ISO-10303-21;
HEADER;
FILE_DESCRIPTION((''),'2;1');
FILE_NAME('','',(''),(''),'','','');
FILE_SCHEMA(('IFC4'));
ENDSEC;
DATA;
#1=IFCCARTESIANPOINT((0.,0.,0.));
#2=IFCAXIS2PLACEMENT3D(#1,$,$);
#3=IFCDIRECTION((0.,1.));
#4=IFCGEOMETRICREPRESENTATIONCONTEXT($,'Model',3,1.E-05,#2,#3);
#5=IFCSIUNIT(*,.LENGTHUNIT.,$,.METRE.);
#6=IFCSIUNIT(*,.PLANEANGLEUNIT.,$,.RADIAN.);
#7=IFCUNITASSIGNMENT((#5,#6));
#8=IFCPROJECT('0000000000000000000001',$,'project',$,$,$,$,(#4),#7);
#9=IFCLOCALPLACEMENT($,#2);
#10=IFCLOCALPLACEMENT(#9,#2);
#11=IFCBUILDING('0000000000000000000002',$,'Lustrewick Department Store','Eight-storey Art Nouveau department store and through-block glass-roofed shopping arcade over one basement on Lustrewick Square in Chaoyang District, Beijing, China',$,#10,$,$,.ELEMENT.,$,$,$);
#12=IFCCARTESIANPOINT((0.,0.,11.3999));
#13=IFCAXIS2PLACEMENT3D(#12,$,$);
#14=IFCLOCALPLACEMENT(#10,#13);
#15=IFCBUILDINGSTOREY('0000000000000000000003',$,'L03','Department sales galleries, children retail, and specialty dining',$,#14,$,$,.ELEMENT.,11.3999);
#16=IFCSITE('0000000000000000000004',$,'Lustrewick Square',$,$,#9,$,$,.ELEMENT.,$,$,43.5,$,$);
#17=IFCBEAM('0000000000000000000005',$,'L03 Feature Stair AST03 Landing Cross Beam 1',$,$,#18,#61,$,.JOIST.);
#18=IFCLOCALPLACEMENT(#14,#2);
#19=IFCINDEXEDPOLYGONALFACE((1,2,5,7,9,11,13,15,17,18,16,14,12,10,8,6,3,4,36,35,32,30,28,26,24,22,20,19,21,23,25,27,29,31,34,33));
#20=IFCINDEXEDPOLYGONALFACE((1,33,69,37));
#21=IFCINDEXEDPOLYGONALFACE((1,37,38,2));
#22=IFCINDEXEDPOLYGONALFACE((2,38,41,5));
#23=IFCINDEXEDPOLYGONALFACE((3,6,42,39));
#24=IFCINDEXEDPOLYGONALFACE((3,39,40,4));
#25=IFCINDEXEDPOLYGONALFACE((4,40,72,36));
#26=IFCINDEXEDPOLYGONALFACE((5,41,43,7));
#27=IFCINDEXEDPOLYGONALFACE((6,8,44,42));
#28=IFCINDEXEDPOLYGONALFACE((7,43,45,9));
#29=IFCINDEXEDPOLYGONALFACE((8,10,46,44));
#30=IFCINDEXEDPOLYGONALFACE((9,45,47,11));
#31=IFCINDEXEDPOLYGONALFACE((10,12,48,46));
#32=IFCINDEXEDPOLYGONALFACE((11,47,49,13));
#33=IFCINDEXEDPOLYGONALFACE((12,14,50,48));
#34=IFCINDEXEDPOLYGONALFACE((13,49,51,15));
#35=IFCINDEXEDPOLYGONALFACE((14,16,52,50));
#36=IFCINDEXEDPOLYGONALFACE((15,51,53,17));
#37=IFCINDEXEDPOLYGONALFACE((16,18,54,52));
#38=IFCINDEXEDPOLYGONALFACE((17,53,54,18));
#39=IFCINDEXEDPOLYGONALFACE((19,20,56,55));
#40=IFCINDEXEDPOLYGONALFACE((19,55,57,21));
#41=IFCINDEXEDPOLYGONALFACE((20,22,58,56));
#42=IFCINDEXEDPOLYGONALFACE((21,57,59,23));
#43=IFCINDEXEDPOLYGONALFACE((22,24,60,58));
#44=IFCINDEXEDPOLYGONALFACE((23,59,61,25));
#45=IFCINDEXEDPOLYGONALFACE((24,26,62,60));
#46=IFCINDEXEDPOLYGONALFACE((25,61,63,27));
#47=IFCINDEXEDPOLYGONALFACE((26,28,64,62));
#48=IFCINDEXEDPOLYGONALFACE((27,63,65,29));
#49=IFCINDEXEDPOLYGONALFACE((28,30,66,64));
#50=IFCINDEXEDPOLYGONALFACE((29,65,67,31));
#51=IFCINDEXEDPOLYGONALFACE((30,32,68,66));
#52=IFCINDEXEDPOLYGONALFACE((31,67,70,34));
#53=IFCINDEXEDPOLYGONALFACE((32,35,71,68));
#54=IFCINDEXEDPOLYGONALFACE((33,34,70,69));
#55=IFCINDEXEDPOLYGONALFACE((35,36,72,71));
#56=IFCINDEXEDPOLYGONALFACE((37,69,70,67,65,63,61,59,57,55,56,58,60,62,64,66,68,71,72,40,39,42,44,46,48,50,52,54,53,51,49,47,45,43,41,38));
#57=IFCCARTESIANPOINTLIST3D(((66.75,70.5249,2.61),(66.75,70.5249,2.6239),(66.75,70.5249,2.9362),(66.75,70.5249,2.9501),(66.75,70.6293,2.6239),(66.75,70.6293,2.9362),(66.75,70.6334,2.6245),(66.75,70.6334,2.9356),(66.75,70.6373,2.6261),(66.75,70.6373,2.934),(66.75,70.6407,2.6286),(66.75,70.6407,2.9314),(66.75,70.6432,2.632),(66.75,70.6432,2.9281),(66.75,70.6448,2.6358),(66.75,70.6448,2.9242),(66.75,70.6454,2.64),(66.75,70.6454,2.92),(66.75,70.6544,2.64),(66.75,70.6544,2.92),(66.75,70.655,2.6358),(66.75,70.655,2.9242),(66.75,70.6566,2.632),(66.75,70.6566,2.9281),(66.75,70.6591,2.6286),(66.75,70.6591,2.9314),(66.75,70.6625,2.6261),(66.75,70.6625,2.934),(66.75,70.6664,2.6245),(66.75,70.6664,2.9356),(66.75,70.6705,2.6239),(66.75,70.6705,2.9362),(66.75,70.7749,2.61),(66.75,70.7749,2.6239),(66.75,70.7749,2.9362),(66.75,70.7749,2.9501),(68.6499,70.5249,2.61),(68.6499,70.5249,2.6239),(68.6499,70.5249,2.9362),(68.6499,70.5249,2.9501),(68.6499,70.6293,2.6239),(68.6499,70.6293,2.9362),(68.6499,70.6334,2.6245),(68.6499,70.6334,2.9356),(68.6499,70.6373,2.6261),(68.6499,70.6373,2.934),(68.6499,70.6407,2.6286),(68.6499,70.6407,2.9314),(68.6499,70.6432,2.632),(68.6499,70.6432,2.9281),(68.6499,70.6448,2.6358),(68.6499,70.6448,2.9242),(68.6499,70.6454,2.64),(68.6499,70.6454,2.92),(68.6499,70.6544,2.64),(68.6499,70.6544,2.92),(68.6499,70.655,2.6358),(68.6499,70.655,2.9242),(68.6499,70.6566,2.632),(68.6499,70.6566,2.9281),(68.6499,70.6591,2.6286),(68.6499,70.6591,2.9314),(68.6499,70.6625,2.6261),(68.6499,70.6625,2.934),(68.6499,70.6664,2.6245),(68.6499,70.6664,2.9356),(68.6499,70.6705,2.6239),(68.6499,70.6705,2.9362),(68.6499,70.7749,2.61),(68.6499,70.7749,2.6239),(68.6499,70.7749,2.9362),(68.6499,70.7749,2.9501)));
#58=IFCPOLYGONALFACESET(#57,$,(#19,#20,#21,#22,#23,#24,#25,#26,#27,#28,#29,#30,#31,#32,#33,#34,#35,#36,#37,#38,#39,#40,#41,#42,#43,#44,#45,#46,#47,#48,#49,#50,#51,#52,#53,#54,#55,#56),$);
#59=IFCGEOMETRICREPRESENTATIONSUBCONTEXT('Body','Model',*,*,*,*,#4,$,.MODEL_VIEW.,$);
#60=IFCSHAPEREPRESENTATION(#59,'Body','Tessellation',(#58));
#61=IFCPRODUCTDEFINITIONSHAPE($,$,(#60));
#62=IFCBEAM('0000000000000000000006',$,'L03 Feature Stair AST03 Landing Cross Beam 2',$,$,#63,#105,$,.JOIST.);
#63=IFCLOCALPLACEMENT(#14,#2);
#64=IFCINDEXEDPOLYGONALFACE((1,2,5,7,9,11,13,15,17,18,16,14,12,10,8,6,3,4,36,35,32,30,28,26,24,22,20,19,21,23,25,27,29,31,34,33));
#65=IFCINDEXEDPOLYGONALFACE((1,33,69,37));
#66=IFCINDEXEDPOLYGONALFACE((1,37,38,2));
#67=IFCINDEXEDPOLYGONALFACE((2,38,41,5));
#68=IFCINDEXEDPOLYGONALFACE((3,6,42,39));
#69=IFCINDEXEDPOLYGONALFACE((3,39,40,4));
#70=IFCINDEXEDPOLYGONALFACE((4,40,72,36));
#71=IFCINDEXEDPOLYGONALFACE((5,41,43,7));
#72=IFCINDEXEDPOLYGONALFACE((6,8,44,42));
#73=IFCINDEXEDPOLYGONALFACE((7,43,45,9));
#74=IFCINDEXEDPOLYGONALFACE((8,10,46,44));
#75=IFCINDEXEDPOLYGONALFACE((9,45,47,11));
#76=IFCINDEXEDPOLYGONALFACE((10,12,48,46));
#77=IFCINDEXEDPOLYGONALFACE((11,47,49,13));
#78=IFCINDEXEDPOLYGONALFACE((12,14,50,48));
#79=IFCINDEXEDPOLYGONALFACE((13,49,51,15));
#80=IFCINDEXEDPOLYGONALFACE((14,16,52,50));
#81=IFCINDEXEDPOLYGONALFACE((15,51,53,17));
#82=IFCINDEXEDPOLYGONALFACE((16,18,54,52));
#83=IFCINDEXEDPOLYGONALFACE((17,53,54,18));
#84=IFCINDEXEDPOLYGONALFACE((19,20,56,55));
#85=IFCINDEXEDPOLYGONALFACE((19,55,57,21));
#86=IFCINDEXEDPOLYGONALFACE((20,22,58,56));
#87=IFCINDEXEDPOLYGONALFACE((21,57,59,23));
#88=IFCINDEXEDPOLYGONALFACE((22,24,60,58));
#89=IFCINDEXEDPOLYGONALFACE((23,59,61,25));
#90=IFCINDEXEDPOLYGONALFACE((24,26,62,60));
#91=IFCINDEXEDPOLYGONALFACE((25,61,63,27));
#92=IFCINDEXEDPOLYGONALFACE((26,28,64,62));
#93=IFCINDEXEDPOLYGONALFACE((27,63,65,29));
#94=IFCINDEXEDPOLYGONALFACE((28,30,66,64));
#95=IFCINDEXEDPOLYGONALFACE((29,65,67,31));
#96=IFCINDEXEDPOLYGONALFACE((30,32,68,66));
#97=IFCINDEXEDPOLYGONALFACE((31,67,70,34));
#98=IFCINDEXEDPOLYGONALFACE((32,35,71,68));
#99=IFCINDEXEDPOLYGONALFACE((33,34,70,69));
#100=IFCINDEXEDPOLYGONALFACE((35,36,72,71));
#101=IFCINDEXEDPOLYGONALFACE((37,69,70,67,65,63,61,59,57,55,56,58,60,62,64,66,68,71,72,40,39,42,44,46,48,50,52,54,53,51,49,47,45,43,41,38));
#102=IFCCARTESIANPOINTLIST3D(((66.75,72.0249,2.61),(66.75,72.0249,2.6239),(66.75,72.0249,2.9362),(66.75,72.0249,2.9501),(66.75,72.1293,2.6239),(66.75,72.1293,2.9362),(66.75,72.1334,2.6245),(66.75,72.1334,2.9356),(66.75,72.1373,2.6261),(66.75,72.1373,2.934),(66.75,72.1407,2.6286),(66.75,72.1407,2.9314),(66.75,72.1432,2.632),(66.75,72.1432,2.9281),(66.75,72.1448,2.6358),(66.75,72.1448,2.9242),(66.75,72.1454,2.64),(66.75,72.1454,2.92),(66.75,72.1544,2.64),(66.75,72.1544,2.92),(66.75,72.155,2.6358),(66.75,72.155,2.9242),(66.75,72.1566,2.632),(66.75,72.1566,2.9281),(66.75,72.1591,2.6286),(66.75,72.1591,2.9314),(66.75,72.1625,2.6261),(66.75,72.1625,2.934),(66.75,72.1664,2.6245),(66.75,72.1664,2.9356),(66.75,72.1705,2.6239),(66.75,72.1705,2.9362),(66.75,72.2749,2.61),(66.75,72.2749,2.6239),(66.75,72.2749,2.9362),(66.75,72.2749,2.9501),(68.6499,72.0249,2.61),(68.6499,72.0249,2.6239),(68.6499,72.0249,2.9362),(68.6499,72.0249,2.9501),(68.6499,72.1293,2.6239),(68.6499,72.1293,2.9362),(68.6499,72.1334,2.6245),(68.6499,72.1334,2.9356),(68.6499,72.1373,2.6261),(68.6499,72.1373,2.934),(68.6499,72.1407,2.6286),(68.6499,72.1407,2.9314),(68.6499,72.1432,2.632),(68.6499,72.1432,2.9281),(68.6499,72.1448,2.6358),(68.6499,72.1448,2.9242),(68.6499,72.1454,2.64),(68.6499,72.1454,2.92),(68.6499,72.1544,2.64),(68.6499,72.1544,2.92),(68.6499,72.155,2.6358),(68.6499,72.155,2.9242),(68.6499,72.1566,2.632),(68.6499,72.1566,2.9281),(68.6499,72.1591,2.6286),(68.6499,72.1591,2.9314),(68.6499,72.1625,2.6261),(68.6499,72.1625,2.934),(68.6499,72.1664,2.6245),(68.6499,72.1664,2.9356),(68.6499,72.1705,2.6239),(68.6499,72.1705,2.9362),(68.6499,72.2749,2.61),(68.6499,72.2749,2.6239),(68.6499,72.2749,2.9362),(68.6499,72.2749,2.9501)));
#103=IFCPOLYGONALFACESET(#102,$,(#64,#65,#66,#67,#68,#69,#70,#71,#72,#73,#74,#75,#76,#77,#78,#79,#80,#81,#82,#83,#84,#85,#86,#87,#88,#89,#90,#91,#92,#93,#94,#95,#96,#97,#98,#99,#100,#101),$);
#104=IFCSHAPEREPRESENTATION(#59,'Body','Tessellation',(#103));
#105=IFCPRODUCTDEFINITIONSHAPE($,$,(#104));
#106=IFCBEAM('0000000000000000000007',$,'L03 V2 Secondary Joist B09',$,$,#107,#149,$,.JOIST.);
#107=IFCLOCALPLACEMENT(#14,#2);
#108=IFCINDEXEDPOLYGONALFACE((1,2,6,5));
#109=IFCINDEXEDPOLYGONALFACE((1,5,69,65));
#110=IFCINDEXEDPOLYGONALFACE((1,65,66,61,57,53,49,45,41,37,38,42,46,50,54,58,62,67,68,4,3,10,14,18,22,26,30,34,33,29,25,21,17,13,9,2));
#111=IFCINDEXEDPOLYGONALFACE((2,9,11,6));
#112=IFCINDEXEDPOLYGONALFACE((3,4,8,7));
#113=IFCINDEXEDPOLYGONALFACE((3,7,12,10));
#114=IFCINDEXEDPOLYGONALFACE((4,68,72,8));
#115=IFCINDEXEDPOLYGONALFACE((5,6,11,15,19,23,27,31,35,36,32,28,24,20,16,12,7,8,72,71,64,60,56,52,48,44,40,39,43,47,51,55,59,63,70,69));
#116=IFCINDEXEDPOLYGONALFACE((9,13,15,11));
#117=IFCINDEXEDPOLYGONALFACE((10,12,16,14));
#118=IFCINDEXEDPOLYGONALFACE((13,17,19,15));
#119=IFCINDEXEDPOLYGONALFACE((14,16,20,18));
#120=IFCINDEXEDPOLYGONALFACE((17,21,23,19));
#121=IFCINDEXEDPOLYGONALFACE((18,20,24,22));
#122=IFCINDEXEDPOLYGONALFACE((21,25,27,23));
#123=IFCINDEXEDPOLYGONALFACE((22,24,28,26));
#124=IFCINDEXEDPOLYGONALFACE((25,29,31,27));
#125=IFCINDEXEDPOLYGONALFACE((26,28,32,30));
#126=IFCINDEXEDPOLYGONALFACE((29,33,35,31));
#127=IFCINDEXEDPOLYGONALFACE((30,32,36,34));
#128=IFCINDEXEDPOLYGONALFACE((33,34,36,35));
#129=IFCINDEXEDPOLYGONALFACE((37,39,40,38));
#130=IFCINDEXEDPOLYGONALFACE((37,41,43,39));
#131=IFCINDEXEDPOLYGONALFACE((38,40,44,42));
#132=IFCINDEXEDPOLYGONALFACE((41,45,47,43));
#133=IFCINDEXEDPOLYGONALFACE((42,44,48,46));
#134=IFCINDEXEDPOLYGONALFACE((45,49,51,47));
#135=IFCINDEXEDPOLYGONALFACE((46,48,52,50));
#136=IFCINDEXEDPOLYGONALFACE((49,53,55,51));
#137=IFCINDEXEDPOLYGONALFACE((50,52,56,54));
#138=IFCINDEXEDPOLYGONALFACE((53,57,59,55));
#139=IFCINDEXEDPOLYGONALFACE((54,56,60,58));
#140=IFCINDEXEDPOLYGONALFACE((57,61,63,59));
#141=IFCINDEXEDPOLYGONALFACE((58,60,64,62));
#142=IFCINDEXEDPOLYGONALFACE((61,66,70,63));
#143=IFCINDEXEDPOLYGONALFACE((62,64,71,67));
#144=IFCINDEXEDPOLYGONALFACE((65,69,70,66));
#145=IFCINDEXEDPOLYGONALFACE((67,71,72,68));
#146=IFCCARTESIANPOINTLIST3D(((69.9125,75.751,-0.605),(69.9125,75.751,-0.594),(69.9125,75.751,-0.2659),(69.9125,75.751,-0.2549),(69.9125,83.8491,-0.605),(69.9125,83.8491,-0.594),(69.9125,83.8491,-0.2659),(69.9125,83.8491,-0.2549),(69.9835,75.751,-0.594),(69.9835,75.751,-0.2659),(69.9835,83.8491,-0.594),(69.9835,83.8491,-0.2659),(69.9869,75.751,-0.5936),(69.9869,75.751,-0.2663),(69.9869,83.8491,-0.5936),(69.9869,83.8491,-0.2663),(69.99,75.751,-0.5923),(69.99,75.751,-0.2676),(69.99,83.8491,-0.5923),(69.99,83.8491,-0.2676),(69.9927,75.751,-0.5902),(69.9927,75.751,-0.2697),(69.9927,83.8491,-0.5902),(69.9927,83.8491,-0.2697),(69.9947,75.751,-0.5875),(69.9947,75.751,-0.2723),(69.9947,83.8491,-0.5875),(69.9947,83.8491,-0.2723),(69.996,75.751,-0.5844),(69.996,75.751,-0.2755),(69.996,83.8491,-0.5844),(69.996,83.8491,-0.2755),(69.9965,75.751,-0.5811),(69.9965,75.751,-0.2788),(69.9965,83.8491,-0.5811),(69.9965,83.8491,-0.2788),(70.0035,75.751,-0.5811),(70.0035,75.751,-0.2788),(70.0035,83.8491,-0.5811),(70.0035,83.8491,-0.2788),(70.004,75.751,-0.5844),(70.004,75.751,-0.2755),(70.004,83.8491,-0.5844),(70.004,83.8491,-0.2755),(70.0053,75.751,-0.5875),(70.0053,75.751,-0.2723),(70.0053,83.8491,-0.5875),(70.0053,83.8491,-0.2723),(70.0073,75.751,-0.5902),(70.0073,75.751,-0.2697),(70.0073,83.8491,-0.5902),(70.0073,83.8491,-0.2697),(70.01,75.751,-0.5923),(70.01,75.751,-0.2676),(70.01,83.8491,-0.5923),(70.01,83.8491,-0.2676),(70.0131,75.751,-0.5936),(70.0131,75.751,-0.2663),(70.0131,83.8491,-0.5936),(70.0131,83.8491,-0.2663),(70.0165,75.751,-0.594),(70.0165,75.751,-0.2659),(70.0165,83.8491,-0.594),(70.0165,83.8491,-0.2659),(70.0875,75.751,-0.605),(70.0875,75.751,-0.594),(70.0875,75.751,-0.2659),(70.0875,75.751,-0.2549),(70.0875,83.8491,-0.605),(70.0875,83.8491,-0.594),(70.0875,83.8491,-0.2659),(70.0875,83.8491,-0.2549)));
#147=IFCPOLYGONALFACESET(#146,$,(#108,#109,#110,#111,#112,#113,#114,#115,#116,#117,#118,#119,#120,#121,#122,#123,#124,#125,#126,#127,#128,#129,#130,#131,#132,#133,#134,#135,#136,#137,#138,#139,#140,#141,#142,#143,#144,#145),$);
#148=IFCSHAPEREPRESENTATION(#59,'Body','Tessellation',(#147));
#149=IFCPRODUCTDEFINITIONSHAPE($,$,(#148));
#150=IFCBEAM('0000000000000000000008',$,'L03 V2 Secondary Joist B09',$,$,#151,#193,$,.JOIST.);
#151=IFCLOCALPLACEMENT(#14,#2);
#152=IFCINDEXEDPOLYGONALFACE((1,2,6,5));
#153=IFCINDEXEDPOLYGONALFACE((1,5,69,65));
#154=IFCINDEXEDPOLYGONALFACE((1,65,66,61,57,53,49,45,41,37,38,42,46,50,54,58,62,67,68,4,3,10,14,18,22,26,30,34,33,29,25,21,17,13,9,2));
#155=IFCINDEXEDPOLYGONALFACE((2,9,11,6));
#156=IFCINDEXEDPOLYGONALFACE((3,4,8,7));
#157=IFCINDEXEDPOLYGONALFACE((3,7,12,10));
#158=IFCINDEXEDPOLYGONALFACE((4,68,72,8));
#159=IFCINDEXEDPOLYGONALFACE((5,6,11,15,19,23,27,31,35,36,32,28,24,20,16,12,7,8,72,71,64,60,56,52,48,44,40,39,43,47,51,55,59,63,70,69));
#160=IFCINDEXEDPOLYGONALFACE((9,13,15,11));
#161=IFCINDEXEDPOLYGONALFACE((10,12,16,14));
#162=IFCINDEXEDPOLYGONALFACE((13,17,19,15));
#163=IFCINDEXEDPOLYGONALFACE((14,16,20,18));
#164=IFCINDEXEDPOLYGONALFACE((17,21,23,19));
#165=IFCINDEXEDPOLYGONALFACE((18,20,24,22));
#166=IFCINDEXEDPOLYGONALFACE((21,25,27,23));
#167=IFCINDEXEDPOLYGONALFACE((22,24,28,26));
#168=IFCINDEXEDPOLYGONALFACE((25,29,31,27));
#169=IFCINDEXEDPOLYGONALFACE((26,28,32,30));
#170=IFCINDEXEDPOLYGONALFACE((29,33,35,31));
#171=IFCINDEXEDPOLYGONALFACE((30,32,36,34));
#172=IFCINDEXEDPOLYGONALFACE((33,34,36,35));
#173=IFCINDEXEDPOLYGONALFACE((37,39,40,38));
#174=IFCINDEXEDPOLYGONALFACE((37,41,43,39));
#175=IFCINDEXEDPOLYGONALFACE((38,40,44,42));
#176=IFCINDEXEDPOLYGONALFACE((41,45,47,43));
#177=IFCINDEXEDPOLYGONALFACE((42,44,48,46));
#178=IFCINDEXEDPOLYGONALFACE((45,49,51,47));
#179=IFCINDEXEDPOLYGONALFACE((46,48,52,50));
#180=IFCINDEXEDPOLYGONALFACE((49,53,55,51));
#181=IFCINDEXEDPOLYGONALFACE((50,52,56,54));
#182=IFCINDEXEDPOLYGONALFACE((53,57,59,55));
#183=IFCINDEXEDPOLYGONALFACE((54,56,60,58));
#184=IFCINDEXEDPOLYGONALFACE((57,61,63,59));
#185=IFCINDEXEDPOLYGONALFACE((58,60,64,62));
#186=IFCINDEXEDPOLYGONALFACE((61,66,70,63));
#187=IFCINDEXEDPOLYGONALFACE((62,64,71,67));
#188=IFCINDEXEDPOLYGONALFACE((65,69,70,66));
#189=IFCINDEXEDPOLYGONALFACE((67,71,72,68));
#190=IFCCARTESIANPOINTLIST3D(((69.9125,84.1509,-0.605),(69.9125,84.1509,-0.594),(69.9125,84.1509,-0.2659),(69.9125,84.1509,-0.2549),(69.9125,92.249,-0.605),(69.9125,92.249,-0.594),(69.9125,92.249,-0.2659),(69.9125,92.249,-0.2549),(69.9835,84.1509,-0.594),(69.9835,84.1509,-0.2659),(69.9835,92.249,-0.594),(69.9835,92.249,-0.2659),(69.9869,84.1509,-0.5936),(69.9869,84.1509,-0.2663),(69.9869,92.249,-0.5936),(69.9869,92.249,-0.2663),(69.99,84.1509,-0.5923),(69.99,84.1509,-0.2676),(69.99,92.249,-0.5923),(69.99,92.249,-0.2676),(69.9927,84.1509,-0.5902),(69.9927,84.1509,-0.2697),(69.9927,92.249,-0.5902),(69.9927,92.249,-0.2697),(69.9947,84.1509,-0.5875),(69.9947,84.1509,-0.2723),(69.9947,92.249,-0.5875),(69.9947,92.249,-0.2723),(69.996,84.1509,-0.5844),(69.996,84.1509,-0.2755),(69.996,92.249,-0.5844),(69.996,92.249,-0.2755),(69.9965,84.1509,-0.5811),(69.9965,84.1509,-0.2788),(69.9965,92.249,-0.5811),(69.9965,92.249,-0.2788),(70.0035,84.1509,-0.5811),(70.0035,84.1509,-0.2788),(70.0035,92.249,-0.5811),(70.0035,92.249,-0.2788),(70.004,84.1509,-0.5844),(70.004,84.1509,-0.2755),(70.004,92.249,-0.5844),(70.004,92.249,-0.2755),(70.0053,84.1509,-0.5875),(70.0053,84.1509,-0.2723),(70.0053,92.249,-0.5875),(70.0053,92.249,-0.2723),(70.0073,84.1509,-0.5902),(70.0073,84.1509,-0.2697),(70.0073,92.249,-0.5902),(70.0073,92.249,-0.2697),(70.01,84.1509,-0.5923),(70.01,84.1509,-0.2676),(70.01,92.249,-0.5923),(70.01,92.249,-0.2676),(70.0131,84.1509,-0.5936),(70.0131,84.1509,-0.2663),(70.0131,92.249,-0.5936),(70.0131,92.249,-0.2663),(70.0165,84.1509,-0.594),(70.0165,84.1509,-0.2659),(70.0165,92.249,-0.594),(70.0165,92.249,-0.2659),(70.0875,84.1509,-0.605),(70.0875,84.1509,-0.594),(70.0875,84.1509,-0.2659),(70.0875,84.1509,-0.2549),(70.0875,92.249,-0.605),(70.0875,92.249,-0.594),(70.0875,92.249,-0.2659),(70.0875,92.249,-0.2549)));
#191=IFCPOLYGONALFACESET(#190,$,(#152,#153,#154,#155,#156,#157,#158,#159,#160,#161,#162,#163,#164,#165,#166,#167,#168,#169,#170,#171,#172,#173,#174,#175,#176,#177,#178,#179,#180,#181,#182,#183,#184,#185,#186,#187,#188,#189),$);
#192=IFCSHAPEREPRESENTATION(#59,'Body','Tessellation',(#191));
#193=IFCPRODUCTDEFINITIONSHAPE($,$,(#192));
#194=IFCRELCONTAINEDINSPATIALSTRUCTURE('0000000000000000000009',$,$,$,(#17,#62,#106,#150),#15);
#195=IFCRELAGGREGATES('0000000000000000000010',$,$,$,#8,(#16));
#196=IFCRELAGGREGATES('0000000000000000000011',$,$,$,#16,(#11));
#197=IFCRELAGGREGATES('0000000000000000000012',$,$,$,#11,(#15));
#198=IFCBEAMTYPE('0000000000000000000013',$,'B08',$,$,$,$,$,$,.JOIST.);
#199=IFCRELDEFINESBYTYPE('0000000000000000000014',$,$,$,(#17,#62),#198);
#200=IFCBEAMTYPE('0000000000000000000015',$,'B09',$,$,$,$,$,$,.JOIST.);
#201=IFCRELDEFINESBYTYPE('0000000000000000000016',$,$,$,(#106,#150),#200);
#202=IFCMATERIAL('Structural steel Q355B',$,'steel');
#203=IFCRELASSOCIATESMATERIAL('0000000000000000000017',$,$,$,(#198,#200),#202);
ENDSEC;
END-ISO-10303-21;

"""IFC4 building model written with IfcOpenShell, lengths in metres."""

from ifc_helpers import new_model, si_unit, direction, frame, origin, origin_2d, place, context, subcontext, project, spatial, i_section, extrude, material, material_profile, profile_set, type_object, element, save


model = new_model("IFC4")

# Units and contexts
model_context = context("Model", 3, precision=1e-05, world=origin(), true_north=direction((0.0, 1.0)))
body_context = subcontext(model_context, "Body", "Model", "MODEL_VIEW")
ifc_project = project(units=[si_unit("LENGTHUNIT", "METRE"), si_unit("PLANEANGLEUNIT", "RADIAN")], contexts=[model_context])

# Site, building, storey
site_placement = place(None, origin())
site = spatial("IfcSite", under=ifc_project, at=site_placement, Name="Lustrewick Square", CompositionType="ELEMENT", RefElevation=43.5)
building_placement = place(site_placement, origin())
building = spatial("IfcBuilding", under=site, at=building_placement, Name="Lustrewick Department Store", Description="Eight-storey Art Nouveau department store and through-block glass-roofed shopping arcade over one basement on Lustrewick Square in Chaoyang District, Beijing, China", CompositionType="ELEMENT")
storey_placement = place(building_placement, frame((0.0, 0.0, 11.3999)))
storey = spatial("IfcBuildingStorey", under=building, at=storey_placement, Name="L03", Description="Department sales galleries, children retail, and specialty dining", CompositionType="ELEMENT", Elevation=11.3999)

# Shared definitions
ifc_material_1 = material(Name="Structural steel Q355B", Category="steel")

# Beams
ifc_material_profile_1 = material_profile(ifc_material_1, i_section(OverallWidth=0.25, OverallDepth=0.3401, WebThickness=0.009, FlangeThickness=0.0139, FilletRadius=0.0161, at=origin_2d()), Name="HM 340x250x9x14")
ifc_profile_set_1 = profile_set([ifc_material_profile_1], Name="Structural steel Q355B")
beam_type_1 = type_object("IfcBeamType", Name="B08", PredefinedType="JOIST", material=ifc_profile_set_1)
for number, where, z_axis, x_axis, name in (
    (1, (66.75, 70.6499, 2.78), (1.0, 0.0, 0.0), (0.0, 1.0, 0.0), "L03 Feature Stair AST03 Landing Cross Beam 1"),
    (2, (66.75, 72.1499, 2.78), (1.0, 0.0, 0.0), (0.0, 1.0, 0.0), "L03 Feature Stair AST03 Landing Cross Beam 2"),
):
    element("IfcBeam", number, at=place(storey_placement, frame(where, z_axis=z_axis, x_axis=x_axis)), inside=storey, type_object=beam_type_1, Name=name, PredefinedType="JOIST", context=body_context, shape_type="SweptSolid", body=[
        extrude(i_section(OverallWidth=0.25, OverallDepth=0.3401, WebThickness=0.009, FlangeThickness=0.0139, FilletRadius=0.0161, at=origin_2d()), origin(), (0.0, 0.0, 1.0), 1.8999),
    ])
ifc_material_profile_2 = material_profile(ifc_material_1, i_section(OverallWidth=0.175, OverallDepth=0.3501, WebThickness=0.0071, FlangeThickness=0.011, FilletRadius=0.0129, at=origin_2d()), Name="HN 350x175x7x11")
ifc_profile_set_2 = profile_set([ifc_material_profile_2], Name="Structural steel Q355B")
beam_type_2 = type_object("IfcBeamType", Name="B09", PredefinedType="JOIST", material=ifc_profile_set_2)
for number, where, z_axis, x_axis, name in (
    (3, (70.0, 75.751, -0.4299), (0.0, 1.0, 0.0), (-1.0, 0.0, 0.0), "L03 V2 Secondary Joist B09"),
    (4, (70.0, 84.1509, -0.4299), (0.0, 1.0, 0.0), (-1.0, 0.0, 0.0), "L03 V2 Secondary Joist B09"),
):
    element("IfcBeam", number, at=place(storey_placement, frame(where, z_axis=z_axis, x_axis=x_axis)), inside=storey, type_object=beam_type_2, Name=name, PredefinedType="JOIST", context=body_context, shape_type="SweptSolid", body=[
        extrude(i_section(OverallWidth=0.175, OverallDepth=0.3501, WebThickness=0.0071, FlangeThickness=0.011, FilletRadius=0.0129, at=origin_2d()), origin(), (0.0, 0.0, 1.0), 8.0981),
    ])

save(model, "model.ifc")
